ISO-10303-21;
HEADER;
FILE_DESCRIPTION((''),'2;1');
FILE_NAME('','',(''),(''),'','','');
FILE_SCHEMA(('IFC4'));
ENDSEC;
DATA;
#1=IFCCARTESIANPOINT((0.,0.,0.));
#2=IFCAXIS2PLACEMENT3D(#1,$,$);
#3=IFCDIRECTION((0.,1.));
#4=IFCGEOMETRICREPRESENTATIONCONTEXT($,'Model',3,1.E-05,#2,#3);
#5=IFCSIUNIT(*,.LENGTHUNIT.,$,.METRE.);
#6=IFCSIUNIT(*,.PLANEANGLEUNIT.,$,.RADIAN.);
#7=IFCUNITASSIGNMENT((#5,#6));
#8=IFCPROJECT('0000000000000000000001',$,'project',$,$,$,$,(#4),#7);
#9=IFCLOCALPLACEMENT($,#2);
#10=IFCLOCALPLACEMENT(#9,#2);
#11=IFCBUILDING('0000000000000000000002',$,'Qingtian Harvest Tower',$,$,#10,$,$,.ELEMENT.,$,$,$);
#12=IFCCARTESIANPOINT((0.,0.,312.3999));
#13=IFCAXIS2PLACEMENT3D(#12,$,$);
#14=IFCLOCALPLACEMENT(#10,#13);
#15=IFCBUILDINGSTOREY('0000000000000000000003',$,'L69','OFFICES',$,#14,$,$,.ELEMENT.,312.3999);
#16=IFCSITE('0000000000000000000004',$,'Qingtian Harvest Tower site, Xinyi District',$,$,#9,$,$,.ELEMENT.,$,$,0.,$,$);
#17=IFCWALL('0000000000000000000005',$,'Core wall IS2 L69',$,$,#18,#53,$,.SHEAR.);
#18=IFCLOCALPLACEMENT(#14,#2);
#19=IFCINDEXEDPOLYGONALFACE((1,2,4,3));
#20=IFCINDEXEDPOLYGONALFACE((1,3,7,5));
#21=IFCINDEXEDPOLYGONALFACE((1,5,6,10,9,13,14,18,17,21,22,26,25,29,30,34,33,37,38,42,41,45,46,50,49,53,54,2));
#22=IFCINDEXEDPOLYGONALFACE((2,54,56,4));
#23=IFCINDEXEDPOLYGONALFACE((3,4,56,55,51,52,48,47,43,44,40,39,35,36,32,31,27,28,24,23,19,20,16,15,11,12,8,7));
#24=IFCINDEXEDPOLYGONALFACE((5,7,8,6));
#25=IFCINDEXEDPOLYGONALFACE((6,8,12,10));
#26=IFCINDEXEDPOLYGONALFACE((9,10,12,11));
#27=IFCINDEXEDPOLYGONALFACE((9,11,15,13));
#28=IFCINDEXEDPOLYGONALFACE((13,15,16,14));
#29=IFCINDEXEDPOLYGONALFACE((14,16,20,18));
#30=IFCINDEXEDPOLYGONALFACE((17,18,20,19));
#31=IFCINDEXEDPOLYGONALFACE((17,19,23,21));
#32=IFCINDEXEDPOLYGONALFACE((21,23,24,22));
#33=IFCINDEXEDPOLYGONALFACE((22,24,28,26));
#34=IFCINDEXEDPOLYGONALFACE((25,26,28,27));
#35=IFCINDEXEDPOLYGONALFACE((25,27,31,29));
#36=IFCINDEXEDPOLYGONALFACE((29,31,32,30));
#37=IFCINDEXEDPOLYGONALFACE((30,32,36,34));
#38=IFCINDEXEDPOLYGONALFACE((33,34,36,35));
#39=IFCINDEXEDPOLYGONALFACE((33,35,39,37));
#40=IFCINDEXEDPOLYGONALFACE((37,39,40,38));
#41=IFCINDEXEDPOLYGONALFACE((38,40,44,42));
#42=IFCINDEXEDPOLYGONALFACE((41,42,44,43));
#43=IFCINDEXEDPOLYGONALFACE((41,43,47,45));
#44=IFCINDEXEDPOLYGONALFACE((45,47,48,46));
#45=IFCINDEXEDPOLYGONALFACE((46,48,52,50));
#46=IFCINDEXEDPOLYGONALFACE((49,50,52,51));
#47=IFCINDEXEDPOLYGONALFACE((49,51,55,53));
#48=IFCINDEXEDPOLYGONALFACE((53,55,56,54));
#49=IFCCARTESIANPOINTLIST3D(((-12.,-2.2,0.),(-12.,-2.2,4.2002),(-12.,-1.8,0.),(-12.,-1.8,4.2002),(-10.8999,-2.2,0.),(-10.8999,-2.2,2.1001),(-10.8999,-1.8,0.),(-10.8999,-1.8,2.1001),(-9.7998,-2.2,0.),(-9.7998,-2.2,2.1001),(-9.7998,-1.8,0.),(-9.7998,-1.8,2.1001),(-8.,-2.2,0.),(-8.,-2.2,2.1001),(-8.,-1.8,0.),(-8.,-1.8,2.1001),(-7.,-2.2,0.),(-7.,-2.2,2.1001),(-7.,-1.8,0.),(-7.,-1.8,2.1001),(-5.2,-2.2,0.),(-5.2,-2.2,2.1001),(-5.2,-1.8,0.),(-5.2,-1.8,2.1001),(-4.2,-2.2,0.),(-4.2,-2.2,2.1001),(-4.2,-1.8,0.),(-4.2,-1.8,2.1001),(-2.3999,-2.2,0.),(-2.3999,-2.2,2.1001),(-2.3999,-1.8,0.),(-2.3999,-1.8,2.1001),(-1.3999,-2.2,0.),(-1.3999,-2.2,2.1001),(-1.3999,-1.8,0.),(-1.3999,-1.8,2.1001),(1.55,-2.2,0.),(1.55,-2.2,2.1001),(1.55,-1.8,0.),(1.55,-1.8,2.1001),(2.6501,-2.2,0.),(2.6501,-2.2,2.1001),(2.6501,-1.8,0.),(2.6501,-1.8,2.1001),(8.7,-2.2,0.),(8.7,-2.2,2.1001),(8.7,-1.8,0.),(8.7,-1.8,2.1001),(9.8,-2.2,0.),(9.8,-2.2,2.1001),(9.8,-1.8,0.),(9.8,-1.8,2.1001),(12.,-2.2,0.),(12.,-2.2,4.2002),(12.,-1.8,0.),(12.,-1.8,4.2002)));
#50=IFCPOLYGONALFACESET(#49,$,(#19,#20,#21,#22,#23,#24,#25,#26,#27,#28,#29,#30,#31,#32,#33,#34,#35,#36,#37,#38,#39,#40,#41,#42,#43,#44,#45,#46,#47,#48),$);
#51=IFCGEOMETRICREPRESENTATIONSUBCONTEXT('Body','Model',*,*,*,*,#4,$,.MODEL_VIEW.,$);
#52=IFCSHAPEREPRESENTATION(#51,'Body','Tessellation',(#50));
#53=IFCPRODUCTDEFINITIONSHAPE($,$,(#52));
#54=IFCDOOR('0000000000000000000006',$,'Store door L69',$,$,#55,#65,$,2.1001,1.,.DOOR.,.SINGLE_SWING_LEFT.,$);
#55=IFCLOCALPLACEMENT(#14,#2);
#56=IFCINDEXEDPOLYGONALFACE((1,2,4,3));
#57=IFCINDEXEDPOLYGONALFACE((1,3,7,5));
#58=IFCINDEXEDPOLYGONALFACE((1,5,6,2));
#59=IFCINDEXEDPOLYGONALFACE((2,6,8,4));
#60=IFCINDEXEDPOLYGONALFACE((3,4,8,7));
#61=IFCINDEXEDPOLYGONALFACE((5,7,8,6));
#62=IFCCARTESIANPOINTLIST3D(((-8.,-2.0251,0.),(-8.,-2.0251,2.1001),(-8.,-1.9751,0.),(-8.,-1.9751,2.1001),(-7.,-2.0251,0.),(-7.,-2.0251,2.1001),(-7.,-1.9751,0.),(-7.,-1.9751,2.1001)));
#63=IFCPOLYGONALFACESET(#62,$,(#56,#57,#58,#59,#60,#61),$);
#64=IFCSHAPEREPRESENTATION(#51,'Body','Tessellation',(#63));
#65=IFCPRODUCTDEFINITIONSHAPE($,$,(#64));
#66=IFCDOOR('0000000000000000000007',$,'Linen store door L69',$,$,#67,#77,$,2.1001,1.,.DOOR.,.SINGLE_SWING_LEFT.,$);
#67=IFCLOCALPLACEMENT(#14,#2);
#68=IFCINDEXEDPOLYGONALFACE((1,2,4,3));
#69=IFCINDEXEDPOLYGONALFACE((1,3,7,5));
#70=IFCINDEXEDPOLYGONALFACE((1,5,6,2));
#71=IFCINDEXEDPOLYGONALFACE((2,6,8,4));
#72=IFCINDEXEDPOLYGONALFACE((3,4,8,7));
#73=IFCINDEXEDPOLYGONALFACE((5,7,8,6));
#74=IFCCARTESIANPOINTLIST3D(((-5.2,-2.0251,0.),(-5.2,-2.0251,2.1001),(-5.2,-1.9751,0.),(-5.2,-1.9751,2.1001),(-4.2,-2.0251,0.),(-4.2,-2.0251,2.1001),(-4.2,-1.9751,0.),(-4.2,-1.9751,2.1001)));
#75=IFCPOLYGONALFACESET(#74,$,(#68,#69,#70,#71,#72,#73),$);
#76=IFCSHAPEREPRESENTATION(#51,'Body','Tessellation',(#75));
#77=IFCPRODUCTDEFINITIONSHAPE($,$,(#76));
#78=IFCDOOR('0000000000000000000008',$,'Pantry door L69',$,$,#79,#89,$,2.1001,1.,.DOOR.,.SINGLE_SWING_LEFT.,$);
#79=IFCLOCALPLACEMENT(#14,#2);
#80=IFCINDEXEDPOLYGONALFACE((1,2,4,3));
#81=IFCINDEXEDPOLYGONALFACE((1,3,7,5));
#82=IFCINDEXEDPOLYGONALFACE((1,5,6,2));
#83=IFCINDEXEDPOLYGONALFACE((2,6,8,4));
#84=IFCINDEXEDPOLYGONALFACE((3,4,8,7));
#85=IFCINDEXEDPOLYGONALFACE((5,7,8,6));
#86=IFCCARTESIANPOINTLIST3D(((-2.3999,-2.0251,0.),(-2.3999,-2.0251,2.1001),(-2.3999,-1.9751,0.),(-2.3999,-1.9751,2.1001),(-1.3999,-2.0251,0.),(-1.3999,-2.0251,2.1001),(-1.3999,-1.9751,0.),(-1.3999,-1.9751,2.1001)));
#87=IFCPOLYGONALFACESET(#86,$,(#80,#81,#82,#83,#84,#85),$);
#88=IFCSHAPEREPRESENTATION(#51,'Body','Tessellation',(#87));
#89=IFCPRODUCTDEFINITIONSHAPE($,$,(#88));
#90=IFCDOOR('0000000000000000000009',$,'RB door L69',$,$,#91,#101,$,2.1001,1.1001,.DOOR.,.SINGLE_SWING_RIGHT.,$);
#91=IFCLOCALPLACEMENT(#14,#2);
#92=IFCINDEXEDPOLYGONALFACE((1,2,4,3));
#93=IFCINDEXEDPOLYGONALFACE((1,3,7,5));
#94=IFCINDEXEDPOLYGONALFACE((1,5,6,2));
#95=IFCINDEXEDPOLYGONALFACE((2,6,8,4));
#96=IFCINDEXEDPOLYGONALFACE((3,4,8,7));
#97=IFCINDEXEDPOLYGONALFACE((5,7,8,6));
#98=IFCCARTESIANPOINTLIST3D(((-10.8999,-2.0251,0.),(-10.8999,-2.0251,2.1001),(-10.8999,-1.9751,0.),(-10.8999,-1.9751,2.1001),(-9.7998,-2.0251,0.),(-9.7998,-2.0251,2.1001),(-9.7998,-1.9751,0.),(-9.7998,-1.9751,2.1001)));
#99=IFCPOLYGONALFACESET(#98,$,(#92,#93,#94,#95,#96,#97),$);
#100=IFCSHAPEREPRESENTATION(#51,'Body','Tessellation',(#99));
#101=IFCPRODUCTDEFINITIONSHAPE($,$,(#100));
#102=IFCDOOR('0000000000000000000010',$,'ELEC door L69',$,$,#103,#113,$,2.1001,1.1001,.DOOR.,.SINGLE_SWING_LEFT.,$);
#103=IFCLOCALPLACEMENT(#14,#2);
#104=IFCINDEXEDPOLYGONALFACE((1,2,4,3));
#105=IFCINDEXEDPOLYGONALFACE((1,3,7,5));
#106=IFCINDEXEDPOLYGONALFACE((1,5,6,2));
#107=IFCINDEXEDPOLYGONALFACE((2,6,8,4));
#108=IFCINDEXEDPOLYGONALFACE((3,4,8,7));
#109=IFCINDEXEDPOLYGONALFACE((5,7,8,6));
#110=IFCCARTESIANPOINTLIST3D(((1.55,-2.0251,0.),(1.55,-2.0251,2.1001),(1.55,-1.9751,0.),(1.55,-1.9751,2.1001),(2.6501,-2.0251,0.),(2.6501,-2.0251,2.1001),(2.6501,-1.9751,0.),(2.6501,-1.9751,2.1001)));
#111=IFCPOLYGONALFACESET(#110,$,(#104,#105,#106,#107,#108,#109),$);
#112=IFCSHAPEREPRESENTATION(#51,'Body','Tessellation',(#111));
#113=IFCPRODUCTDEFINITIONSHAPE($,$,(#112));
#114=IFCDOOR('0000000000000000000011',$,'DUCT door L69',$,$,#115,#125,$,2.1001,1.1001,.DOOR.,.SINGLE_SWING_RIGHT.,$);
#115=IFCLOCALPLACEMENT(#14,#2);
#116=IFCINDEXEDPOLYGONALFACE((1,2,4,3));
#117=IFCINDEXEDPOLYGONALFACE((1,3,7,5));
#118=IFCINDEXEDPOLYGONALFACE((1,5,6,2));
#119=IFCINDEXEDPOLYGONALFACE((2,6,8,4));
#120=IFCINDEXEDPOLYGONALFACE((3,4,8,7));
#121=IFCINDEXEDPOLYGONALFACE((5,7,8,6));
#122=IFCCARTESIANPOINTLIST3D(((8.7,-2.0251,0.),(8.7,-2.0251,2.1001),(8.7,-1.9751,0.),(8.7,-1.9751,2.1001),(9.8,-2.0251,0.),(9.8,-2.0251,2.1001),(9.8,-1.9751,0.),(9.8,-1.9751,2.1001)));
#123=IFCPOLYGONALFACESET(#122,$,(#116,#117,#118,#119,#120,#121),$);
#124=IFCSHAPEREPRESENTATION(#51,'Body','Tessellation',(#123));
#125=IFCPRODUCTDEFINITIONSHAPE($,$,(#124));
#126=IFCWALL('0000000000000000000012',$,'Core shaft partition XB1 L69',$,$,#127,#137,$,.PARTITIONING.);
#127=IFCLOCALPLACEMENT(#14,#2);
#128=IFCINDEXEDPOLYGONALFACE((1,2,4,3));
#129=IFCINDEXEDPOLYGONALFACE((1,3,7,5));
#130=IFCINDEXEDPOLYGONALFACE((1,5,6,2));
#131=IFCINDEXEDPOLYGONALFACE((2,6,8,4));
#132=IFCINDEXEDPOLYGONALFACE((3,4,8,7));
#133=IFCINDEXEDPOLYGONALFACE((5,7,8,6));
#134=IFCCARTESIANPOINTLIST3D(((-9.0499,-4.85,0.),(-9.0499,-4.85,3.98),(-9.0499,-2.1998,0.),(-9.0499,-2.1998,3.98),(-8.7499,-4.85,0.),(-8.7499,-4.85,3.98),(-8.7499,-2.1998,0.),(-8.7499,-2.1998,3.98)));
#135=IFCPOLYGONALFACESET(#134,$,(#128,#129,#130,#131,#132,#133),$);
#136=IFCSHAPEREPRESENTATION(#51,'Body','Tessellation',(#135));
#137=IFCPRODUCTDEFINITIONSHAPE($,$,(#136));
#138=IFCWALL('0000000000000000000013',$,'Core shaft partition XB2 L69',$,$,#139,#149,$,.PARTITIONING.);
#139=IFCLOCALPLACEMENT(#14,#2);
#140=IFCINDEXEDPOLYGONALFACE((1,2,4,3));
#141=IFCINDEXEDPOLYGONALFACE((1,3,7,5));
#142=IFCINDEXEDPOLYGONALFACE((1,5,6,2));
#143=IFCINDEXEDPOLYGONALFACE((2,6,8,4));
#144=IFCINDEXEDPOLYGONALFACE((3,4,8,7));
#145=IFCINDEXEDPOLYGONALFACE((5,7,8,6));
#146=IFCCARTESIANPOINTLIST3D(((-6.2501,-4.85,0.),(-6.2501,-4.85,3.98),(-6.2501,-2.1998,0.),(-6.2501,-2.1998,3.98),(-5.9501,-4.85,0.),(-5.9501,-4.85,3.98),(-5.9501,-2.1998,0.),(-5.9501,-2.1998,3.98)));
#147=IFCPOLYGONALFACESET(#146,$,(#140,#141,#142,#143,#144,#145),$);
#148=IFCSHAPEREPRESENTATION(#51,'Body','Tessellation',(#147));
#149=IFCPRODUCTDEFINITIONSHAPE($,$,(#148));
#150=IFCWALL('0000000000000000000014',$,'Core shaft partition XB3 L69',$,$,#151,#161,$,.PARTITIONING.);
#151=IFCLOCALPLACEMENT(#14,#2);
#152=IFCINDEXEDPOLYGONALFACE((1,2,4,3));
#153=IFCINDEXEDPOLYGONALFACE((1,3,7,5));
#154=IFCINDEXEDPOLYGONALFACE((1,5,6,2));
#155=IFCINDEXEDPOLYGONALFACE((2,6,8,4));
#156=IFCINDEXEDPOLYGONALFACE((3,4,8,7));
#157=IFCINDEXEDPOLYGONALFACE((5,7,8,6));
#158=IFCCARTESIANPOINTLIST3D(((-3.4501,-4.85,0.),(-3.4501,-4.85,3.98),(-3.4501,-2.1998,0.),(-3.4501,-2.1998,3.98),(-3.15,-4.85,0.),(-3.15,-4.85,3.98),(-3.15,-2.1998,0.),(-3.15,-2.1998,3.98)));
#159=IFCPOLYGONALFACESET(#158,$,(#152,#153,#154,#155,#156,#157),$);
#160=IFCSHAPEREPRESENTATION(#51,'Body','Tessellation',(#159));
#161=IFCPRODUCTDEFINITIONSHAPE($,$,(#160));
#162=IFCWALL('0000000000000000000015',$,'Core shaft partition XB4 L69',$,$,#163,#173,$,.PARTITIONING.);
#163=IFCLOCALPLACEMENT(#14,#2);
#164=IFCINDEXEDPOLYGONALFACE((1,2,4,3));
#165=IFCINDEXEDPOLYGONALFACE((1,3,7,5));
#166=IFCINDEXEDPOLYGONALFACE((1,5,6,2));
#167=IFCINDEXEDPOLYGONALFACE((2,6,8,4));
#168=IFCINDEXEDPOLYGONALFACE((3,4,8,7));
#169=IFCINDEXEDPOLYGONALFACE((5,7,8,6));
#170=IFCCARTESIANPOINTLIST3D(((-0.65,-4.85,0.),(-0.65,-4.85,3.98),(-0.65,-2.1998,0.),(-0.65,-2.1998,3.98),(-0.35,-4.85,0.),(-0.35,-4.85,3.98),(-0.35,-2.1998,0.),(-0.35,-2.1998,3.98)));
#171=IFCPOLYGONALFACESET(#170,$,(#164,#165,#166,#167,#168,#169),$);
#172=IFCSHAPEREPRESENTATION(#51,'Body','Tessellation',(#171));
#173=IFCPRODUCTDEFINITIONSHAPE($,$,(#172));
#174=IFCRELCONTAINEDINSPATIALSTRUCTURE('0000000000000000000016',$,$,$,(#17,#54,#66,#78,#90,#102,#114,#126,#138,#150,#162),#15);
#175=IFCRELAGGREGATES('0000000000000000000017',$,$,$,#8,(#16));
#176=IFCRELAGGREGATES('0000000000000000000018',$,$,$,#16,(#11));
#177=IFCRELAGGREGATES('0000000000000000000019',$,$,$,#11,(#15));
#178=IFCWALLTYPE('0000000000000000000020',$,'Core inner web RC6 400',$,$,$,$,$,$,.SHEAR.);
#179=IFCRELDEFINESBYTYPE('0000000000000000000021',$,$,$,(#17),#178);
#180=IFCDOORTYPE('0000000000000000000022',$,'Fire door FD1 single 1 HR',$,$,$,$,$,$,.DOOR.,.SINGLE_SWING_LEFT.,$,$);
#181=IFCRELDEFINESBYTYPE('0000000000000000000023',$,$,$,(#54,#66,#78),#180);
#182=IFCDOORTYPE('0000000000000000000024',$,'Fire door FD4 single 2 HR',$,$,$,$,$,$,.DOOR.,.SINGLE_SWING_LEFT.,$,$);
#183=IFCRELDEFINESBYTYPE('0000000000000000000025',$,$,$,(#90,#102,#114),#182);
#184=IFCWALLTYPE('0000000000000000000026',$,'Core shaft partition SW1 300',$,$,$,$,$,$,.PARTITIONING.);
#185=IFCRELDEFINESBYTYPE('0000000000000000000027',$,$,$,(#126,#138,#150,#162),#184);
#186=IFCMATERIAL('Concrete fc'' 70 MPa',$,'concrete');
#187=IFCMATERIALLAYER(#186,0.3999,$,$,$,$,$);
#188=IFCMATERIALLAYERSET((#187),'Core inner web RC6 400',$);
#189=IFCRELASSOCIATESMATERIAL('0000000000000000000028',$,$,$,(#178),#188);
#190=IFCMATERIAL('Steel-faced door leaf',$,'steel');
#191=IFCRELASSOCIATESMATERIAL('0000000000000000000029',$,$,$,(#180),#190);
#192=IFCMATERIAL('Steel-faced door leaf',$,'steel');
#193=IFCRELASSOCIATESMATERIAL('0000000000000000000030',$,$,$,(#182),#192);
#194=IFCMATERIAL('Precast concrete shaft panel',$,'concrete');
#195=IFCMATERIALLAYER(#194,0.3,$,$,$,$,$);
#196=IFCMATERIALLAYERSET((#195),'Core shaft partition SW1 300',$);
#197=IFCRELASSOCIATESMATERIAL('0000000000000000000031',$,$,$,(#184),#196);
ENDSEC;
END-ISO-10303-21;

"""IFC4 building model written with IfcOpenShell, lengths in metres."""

from ifc_helpers import new_model, si_unit, direction, frame, frame_2d, origin, place, context, subcontext, project, spatial, rectangle, extrude, material, layer, layer_set, type_object, element, fill, save


model = new_model("IFC4")

# Units and contexts
model_context = context("Model", 3, precision=1e-05, world=origin(), true_north=direction((0.0, 1.0)))
body_context = subcontext(model_context, "Body", "Model", "MODEL_VIEW")
ifc_project = project(units=[si_unit("LENGTHUNIT", "METRE"), si_unit("PLANEANGLEUNIT", "RADIAN")], contexts=[model_context])

# Site, building, storey
site_placement = place(None, origin())
site = spatial("IfcSite", under=ifc_project, at=site_placement, Name="Qingtian Harvest Tower site, Xinyi District", CompositionType="ELEMENT", RefElevation=0.0)
building_placement = place(site_placement, origin())
building = spatial("IfcBuilding", under=site, at=building_placement, Name="Qingtian Harvest Tower", CompositionType="ELEMENT")
storey_placement = place(building_placement, frame((0.0, 0.0, 312.3999)))
storey = spatial("IfcBuildingStorey", under=building, at=storey_placement, Name="L69", Description="OFFICES", CompositionType="ELEMENT", Elevation=312.3999)

# Wall, openings, doors
ifc_material_1 = material(Name="Concrete fc' 70 MPa", Category="concrete")
ifc_layer_1 = layer(ifc_material_1, 0.3999)
ifc_layer_set_1 = layer_set([ifc_layer_1], Name="Core inner web RC6 400")
wall_type_1 = type_object("IfcWallType", Name="Core inner web RC6 400", PredefinedType="SHEAR", material=ifc_layer_set_1)
wall_1_placement = place(storey_placement, frame((-12.0, -2.0, 0.0), z_axis=(0.0, 0.0, 1.0), x_axis=(1.0, 0.0, 0.0)))
wall_1 = element("IfcWall", 1, at=wall_1_placement, inside=storey, type_object=wall_type_1, Name="Core wall IS2 L69", PredefinedType="SHEAR", context=body_context, shape_type="SweptSolid", body=[
    extrude(rectangle(XDim=24.0, YDim=0.3999, at=frame_2d((12.0, 0.0))), origin(), (0.0, 0.0, 1.0), 4.2002),
])
opening_1_placement = place(wall_1_placement, frame((1.1001, 0.0, 0.0)))
opening_1 = element("IfcOpeningElement", 2, at=opening_1_placement, cuts=wall_1, PredefinedType="OPENING", context=body_context, shape_type="SweptSolid", body=[
    extrude(rectangle(XDim=1.1001, YDim=2.1001, at=frame_2d((0.55, 1.05))), frame((0.0, 0.21, 0.0), z_axis=(0.0, -1.0, 0.0), x_axis=(1.0, 0.0, 0.0)), (0.0, 0.0, 1.0), 0.4199),
])
opening_2_placement = place(wall_1_placement, frame((13.55, 0.0, 0.0)))
opening_2 = element("IfcOpeningElement", 3, at=opening_2_placement, cuts=wall_1, PredefinedType="OPENING", context=body_context, shape_type="SweptSolid", body=[
    extrude(rectangle(XDim=1.1001, YDim=2.1001, at=frame_2d((0.55, 1.05))), frame((0.0, 0.21, 0.0), z_axis=(0.0, -1.0, 0.0), x_axis=(1.0, 0.0, 0.0)), (0.0, 0.0, 1.0), 0.4199),
])
opening_3_placement = place(wall_1_placement, frame((20.7, 0.0, 0.0)))
opening_3 = element("IfcOpeningElement", 4, at=opening_3_placement, cuts=wall_1, PredefinedType="OPENING", context=body_context, shape_type="SweptSolid", body=[
    extrude(rectangle(XDim=1.1001, YDim=2.1001, at=frame_2d((0.55, 1.05))), frame((0.0, 0.21, 0.0), z_axis=(0.0, -1.0, 0.0), x_axis=(1.0, 0.0, 0.0)), (0.0, 0.0, 1.0), 0.4199),
])
opening_4_placement = place(wall_1_placement, frame((4.0, 0.0, 0.0)))
opening_4 = element("IfcOpeningElement", 5, at=opening_4_placement, cuts=wall_1, PredefinedType="OPENING", context=body_context, shape_type="SweptSolid", body=[
    extrude(rectangle(XDim=1.0, YDim=2.1001, at=frame_2d((0.5, 1.05))), frame((0.0, 0.21, 0.0), z_axis=(0.0, -1.0, 0.0), x_axis=(1.0, 0.0, 0.0)), (0.0, 0.0, 1.0), 0.4199),
])
opening_5_placement = place(wall_1_placement, frame((6.8, 0.0, 0.0)))
opening_5 = element("IfcOpeningElement", 6, at=opening_5_placement, cuts=wall_1, PredefinedType="OPENING", context=body_context, shape_type="SweptSolid", body=[
    extrude(rectangle(XDim=1.0, YDim=2.1001, at=frame_2d((0.5, 1.05))), frame((0.0, 0.21, 0.0), z_axis=(0.0, -1.0, 0.0), x_axis=(1.0, 0.0, 0.0)), (0.0, 0.0, 1.0), 0.4199),
])
opening_6_placement = place(wall_1_placement, frame((9.6001, 0.0, 0.0)))
opening_6 = element("IfcOpeningElement", 7, at=opening_6_placement, cuts=wall_1, PredefinedType="OPENING", context=body_context, shape_type="SweptSolid", body=[
    extrude(rectangle(XDim=1.0, YDim=2.1001, at=frame_2d((0.5, 1.05))), frame((0.0, 0.21, 0.0), z_axis=(0.0, -1.0, 0.0), x_axis=(1.0, 0.0, 0.0)), (0.0, 0.0, 1.0), 0.4199),
])
ifc_material_2 = material(Name="Steel-faced door leaf", Category="steel")
door_type_1 = type_object("IfcDoorType", Name="Fire door FD1 single 1 HR", OperationType="SINGLE_SWING_LEFT", PredefinedType="DOOR", material=ifc_material_2)
door_1_placement = place(opening_4_placement, origin())
door_1 = element("IfcDoor", 8, at=door_1_placement, inside=storey, type_object=door_type_1, Name="Store door L69", OperationType="SINGLE_SWING_LEFT", OverallHeight=2.1001, OverallWidth=1.0, PredefinedType="DOOR", context=body_context, shape_type="SweptSolid", body=[
    extrude(rectangle(XDim=1.0, YDim=2.1001, at=frame_2d((0.5, 1.05))), frame((0.0, 0.0249, 0.0), z_axis=(0.0, -1.0, 0.0), x_axis=(1.0, 0.0, 0.0)), (0.0, 0.0, 1.0), 0.05),
])
fill(opening_4, door_1)
door_2_placement = place(opening_5_placement, origin())
door_2 = element("IfcDoor", 9, at=door_2_placement, inside=storey, type_object=door_type_1, Name="Linen store door L69", OperationType="SINGLE_SWING_LEFT", OverallHeight=2.1001, OverallWidth=1.0, PredefinedType="DOOR", context=body_context, shape_type="SweptSolid", body=[
    extrude(rectangle(XDim=1.0, YDim=2.1001, at=frame_2d((0.5, 1.05))), frame((0.0, 0.0249, 0.0), z_axis=(0.0, -1.0, 0.0), x_axis=(1.0, 0.0, 0.0)), (0.0, 0.0, 1.0), 0.05),
])
fill(opening_5, door_2)
door_3_placement = place(opening_6_placement, origin())
door_3 = element("IfcDoor", 10, at=door_3_placement, inside=storey, type_object=door_type_1, Name="Pantry door L69", OperationType="SINGLE_SWING_LEFT", OverallHeight=2.1001, OverallWidth=1.0, PredefinedType="DOOR", context=body_context, shape_type="SweptSolid", body=[
    extrude(rectangle(XDim=1.0, YDim=2.1001, at=frame_2d((0.5, 1.05))), frame((0.0, 0.0249, 0.0), z_axis=(0.0, -1.0, 0.0), x_axis=(1.0, 0.0, 0.0)), (0.0, 0.0, 1.0), 0.05),
])
fill(opening_6, door_3)
ifc_material_3 = material(Name="Steel-faced door leaf", Category="steel")
door_type_2 = type_object("IfcDoorType", Name="Fire door FD4 single 2 HR", OperationType="SINGLE_SWING_LEFT", PredefinedType="DOOR", material=ifc_material_3)
door_4_placement = place(opening_1_placement, origin())
door_4 = element("IfcDoor", 11, at=door_4_placement, inside=storey, type_object=door_type_2, Name="RB door L69", OperationType="SINGLE_SWING_RIGHT", OverallHeight=2.1001, OverallWidth=1.1001, PredefinedType="DOOR", context=body_context, shape_type="SweptSolid", body=[
    extrude(rectangle(XDim=1.1001, YDim=2.1001, at=frame_2d((0.55, 1.05))), frame((0.0, 0.0249, 0.0), z_axis=(0.0, -1.0, 0.0), x_axis=(1.0, 0.0, 0.0)), (0.0, 0.0, 1.0), 0.05),
])
fill(opening_1, door_4)
door_5_placement = place(opening_2_placement, origin())
door_5 = element("IfcDoor", 12, at=door_5_placement, inside=storey, type_object=door_type_2, Name="ELEC door L69", OperationType="SINGLE_SWING_LEFT", OverallHeight=2.1001, OverallWidth=1.1001, PredefinedType="DOOR", context=body_context, shape_type="SweptSolid", body=[
    extrude(rectangle(XDim=1.1001, YDim=2.1001, at=frame_2d((0.55, 1.05))), frame((0.0, 0.0249, 0.0), z_axis=(0.0, -1.0, 0.0), x_axis=(1.0, 0.0, 0.0)), (0.0, 0.0, 1.0), 0.05),
])
fill(opening_2, door_5)
door_6_placement = place(opening_3_placement, origin())
door_6 = element("IfcDoor", 13, at=door_6_placement, inside=storey, type_object=door_type_2, Name="DUCT door L69", OperationType="SINGLE_SWING_RIGHT", OverallHeight=2.1001, OverallWidth=1.1001, PredefinedType="DOOR", context=body_context, shape_type="SweptSolid", body=[
    extrude(rectangle(XDim=1.1001, YDim=2.1001, at=frame_2d((0.55, 1.05))), frame((0.0, 0.0249, 0.0), z_axis=(0.0, -1.0, 0.0), x_axis=(1.0, 0.0, 0.0)), (0.0, 0.0, 1.0), 0.05),
])
fill(opening_3, door_6)

# Walls
ifc_material_4 = material(Name="Precast concrete shaft panel", Category="concrete")
ifc_layer_2 = layer(ifc_material_4, 0.3)
ifc_layer_set_2 = layer_set([ifc_layer_2], Name="Core shaft partition SW1 300")
wall_type_2 = type_object("IfcWallType", Name="Core shaft partition SW1 300", PredefinedType="PARTITIONING", material=ifc_layer_set_2)
for number, where, z_axis, x_axis, name in (
    (14, (-8.8999, -4.8501, 0.0), (0.0, 0.0, 1.0), (0.0, 1.0, 0.0), "Core shaft partition XB1 L69"),
    (15, (-6.1001, -4.8501, 0.0), (0.0, 0.0, 1.0), (0.0, 1.0, 0.0), "Core shaft partition XB2 L69"),
    (16, (-3.3, -4.8501, 0.0), (0.0, 0.0, 1.0), (0.0, 1.0, 0.0), "Core shaft partition XB3 L69"),
    (17, (-0.5, -4.8501, 0.0), (0.0, 0.0, 1.0), (0.0, 1.0, 0.0), "Core shaft partition XB4 L69"),
):
    element("IfcWall", number, at=place(storey_placement, frame(where, z_axis=z_axis, x_axis=x_axis)), inside=storey, type_object=wall_type_2, Name=name, PredefinedType="PARTITIONING", context=body_context, shape_type="SweptSolid", body=[
        extrude(rectangle(XDim=2.6501, YDim=0.3, at=frame_2d((1.3252, 0.0))), origin(), (0.0, 0.0, 1.0), 3.98),
    ])

save(model, "model.ifc")
